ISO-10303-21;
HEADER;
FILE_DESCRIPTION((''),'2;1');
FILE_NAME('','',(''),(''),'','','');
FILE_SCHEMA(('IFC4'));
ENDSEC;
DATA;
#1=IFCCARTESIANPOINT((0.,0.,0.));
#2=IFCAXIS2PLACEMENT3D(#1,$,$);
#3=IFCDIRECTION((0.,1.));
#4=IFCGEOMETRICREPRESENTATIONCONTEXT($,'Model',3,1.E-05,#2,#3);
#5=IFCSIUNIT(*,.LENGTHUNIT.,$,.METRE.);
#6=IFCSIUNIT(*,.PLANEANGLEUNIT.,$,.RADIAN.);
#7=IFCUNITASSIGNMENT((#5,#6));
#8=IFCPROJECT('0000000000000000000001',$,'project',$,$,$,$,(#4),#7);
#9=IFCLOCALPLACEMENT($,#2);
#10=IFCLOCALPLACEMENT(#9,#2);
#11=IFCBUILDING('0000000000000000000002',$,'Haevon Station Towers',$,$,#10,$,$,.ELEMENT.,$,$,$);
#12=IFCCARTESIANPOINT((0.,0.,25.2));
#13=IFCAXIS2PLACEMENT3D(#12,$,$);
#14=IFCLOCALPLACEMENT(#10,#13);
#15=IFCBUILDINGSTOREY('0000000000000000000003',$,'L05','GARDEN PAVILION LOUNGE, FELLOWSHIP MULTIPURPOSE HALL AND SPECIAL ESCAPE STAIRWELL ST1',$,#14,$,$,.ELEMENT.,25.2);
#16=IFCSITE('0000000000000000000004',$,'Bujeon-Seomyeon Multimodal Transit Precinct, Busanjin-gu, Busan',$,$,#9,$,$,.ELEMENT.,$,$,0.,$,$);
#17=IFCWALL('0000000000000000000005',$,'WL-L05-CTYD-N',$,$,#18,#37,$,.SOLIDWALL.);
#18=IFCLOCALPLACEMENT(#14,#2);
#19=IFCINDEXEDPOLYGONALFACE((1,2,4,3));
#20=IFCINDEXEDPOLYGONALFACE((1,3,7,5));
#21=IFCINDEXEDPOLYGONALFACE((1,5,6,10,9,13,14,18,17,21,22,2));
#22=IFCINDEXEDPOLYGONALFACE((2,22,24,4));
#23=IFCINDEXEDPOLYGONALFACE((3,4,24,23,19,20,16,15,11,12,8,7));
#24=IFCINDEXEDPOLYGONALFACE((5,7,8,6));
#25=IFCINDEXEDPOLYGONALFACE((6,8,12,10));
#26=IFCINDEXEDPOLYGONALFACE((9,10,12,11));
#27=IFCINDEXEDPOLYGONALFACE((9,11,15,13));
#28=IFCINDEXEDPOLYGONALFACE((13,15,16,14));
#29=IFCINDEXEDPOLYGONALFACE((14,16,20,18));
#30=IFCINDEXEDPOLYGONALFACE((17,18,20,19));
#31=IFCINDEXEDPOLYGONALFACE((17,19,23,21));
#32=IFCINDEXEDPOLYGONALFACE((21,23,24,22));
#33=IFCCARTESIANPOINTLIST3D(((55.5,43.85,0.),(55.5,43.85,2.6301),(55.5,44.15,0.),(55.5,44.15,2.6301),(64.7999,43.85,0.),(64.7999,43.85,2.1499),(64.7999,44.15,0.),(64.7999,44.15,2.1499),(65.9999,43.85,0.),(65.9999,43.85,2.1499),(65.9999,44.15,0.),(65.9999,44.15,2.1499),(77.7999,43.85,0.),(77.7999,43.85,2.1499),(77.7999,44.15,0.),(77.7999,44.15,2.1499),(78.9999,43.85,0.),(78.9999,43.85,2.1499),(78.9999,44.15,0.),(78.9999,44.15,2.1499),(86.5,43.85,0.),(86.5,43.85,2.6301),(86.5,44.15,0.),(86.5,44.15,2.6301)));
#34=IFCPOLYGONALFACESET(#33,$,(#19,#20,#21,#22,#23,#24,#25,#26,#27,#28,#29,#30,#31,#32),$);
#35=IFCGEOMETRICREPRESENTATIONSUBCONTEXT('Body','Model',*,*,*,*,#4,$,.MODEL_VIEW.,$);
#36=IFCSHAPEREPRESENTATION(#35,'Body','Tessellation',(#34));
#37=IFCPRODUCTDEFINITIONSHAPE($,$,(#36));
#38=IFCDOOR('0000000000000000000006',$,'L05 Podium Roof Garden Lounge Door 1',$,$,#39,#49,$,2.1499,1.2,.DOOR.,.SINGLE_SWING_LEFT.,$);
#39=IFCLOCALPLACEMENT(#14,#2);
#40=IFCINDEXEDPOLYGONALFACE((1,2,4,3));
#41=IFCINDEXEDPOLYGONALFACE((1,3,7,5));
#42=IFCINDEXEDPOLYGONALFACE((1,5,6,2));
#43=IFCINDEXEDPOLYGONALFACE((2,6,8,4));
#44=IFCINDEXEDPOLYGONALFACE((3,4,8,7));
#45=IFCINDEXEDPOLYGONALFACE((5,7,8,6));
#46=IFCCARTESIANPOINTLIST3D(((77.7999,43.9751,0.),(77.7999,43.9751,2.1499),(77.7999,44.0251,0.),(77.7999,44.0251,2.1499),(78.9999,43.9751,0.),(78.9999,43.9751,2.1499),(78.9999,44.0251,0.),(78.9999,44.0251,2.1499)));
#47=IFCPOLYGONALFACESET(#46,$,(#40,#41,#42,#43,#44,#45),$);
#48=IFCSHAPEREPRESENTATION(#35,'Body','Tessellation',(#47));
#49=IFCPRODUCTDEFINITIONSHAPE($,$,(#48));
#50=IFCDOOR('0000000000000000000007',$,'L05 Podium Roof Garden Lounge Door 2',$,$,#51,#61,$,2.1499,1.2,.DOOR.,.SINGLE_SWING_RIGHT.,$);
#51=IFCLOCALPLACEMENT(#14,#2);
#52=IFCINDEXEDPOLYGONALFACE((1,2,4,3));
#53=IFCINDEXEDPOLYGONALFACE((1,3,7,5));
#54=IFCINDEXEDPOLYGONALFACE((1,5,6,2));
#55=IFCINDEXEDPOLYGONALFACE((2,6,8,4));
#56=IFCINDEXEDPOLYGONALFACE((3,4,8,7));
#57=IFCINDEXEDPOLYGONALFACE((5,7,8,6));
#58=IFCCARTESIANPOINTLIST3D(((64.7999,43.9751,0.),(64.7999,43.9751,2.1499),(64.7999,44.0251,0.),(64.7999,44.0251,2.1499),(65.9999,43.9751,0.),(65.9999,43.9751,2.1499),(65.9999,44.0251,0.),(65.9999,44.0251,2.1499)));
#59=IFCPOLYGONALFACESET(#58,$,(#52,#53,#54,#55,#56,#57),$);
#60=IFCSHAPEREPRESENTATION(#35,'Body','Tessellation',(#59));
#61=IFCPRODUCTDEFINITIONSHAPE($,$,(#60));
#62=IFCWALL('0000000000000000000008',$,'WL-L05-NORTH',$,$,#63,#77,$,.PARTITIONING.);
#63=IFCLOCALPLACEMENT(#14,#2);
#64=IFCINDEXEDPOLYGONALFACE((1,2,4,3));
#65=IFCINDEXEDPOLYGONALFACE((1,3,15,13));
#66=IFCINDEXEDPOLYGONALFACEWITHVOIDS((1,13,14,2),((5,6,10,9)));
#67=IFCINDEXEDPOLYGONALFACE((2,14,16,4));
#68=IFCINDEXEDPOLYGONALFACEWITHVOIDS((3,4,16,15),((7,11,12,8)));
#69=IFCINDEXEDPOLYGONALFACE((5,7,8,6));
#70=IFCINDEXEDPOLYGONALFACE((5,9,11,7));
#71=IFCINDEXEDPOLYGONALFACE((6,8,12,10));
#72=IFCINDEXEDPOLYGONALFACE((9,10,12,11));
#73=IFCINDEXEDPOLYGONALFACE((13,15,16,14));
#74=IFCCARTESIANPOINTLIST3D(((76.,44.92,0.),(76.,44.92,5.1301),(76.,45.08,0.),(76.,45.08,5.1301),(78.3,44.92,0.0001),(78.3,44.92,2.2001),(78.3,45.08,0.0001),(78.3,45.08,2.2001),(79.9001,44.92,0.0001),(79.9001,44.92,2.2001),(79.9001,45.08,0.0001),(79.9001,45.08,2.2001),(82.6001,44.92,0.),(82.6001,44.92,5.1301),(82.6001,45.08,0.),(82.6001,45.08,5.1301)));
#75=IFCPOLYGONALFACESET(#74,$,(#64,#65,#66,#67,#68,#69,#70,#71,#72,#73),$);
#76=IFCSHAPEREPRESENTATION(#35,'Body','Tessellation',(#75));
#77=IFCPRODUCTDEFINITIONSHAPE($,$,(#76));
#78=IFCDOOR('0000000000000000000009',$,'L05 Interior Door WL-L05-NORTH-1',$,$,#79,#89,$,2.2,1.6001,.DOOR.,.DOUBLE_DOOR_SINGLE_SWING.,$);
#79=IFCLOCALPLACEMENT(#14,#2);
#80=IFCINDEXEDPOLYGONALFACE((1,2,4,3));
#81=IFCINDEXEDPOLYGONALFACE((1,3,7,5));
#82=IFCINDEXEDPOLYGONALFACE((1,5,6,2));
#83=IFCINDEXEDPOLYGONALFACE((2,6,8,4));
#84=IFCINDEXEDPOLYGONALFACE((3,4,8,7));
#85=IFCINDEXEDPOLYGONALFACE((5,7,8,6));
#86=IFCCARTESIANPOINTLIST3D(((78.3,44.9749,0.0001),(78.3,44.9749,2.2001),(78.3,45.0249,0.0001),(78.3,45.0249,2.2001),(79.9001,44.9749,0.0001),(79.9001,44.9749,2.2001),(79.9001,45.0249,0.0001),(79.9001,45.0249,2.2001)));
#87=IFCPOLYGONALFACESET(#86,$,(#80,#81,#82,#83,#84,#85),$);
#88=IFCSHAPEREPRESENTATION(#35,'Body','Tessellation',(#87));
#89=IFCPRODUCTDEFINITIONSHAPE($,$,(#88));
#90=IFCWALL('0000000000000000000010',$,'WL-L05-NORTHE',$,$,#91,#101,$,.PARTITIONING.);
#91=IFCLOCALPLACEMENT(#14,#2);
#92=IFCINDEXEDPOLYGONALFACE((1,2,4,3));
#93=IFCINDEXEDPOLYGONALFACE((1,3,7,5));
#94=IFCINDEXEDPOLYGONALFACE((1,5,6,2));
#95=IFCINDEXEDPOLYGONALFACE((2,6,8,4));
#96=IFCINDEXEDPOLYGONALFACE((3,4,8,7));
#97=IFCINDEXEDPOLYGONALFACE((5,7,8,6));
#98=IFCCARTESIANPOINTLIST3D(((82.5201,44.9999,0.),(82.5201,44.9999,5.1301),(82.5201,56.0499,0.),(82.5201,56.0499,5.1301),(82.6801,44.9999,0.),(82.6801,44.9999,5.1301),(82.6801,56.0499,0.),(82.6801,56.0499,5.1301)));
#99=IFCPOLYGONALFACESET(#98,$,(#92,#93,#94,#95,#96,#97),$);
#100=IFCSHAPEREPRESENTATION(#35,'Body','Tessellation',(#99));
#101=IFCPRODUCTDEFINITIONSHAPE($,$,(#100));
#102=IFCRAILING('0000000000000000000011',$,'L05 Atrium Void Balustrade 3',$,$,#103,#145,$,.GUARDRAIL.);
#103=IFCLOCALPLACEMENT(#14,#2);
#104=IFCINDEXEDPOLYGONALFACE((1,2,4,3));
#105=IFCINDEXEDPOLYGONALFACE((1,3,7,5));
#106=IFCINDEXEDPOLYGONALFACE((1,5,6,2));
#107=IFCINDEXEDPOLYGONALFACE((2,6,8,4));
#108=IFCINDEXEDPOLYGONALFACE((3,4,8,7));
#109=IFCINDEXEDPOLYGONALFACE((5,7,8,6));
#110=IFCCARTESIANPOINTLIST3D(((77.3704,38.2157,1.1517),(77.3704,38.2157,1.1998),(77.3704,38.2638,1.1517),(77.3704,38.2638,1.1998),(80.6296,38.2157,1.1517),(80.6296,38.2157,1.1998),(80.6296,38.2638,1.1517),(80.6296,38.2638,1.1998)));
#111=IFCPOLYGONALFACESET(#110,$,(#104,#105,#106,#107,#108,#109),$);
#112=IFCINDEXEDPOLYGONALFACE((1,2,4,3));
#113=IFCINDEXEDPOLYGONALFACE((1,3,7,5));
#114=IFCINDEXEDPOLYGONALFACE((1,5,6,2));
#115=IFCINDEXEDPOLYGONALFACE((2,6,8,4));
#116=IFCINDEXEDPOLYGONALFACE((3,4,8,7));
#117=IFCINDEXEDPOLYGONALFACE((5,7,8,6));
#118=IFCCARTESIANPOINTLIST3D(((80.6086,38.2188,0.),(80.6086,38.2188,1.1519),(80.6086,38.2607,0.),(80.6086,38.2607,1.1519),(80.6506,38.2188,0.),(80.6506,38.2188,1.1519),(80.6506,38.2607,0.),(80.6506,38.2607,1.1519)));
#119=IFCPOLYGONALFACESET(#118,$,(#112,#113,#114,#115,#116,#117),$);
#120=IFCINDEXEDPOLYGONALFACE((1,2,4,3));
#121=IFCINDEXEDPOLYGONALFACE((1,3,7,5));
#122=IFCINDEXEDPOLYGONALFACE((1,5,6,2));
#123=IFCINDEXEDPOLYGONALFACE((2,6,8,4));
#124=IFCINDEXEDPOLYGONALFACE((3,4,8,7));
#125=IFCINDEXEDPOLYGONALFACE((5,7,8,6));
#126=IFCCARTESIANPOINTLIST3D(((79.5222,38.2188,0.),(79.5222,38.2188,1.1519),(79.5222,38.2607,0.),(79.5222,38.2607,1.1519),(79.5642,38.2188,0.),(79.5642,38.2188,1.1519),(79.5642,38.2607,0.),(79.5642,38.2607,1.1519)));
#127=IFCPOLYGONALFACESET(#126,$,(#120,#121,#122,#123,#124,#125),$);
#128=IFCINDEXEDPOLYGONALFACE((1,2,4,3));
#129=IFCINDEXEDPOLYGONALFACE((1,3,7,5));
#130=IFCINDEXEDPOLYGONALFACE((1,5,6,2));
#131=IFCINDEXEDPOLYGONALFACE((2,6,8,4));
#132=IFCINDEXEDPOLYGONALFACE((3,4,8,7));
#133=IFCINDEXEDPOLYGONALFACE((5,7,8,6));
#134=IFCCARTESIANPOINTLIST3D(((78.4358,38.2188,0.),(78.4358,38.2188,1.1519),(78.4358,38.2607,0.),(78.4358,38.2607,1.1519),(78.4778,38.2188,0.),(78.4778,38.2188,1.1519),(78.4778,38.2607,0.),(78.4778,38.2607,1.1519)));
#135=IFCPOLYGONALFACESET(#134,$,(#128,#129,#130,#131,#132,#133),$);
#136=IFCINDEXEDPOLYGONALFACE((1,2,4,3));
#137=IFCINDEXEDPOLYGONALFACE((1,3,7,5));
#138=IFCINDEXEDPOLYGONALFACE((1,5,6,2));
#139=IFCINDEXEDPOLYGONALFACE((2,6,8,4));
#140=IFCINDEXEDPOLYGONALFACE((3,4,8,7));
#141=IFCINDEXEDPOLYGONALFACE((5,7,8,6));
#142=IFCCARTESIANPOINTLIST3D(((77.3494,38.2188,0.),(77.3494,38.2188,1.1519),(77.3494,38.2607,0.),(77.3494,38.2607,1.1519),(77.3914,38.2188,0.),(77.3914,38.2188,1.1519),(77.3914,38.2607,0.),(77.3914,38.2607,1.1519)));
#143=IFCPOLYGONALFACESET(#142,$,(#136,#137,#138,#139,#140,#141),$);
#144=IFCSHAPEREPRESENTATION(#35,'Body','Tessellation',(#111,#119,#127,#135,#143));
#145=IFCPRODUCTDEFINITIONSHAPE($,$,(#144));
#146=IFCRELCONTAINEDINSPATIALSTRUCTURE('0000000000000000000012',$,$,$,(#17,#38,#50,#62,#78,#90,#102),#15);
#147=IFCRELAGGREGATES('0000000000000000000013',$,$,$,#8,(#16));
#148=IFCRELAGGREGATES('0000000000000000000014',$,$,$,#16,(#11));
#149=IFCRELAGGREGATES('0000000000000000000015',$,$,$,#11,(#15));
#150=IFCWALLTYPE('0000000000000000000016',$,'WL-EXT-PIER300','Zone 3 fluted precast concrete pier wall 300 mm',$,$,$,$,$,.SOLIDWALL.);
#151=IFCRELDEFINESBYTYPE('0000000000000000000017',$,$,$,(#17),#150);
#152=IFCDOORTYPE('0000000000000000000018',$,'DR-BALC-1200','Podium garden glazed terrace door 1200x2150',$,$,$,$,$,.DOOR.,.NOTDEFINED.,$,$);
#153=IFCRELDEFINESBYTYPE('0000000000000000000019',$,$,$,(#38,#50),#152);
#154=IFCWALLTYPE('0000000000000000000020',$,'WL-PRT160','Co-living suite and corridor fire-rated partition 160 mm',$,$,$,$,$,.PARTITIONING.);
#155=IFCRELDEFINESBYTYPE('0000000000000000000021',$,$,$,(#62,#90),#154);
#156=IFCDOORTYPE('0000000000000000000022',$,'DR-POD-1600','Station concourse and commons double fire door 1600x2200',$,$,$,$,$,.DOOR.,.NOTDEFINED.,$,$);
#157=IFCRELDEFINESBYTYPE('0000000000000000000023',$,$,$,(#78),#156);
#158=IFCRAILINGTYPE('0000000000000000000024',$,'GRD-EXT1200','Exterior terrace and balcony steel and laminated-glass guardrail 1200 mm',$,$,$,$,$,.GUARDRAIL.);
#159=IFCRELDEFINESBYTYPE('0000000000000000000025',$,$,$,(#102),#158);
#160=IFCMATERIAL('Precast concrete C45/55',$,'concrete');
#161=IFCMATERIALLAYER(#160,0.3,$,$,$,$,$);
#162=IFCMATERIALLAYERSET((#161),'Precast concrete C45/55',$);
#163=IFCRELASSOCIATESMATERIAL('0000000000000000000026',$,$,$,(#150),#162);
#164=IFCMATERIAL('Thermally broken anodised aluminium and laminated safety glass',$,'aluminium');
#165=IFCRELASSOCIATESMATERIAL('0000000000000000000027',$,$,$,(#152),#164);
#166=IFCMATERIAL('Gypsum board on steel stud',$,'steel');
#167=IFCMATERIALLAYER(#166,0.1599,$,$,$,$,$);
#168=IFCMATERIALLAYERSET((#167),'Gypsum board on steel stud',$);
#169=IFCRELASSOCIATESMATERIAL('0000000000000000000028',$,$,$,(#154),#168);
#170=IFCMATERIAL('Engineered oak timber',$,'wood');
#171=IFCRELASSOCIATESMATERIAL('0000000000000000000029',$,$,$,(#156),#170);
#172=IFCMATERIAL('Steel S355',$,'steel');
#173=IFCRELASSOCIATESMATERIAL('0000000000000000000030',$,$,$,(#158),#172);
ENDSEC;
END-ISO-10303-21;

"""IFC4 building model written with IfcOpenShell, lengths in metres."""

from ifc_helpers import new_model, si_unit, direction, frame, frame_2d, origin, origin_2d, place, context, subcontext, project, spatial, rectangle, extrude, material, layer, layer_set, type_object, element, fill, save


model = new_model("IFC4")

# Units and contexts
model_context = context("Model", 3, precision=1e-05, world=origin(), true_north=direction((0.0, 1.0)))
body_context = subcontext(model_context, "Body", "Model", "MODEL_VIEW")
ifc_project = project(units=[si_unit("LENGTHUNIT", "METRE"), si_unit("PLANEANGLEUNIT", "RADIAN")], contexts=[model_context])

# Site, building, storey
site_placement = place(None, origin())
site = spatial("IfcSite", under=ifc_project, at=site_placement, Name="Bujeon-Seomyeon Multimodal Transit Precinct, Busanjin-gu, Busan", CompositionType="ELEMENT", RefElevation=0.0)
building_placement = place(site_placement, origin())
building = spatial("IfcBuilding", under=site, at=building_placement, Name="Haevon Station Towers", CompositionType="ELEMENT")
storey_placement = place(building_placement, frame((0.0, 0.0, 25.2)))
storey = spatial("IfcBuildingStorey", under=building, at=storey_placement, Name="L05", Description="GARDEN PAVILION LOUNGE, FELLOWSHIP MULTIPURPOSE HALL AND SPECIAL ESCAPE STAIRWELL ST1", CompositionType="ELEMENT", Elevation=25.2)

# Shared definitions
ifc_material_1 = material(Name="Precast concrete C45/55", Category="concrete")
ifc_layer_1 = layer(ifc_material_1, 0.3)
ifc_layer_set_1 = layer_set([ifc_layer_1], Name="Precast concrete C45/55")
wall_type_1 = type_object("IfcWallType", Name="WL-EXT-PIER300", Description="Zone 3 fluted precast concrete pier wall 300 mm", PredefinedType="SOLIDWALL", material=ifc_layer_set_1)

# Wall, openings, doors
wall_1_placement = place(storey_placement, frame((86.5, 44.0, 0.0), z_axis=(0.0, 0.0, 1.0), x_axis=(-1.0, 0.0, 0.0)))
wall_1 = element("IfcWall", 1, at=wall_1_placement, inside=storey, type_object=wall_type_1, Name="WL-L05-CTYD-N", PredefinedType="SOLIDWALL", context=body_context, shape_type="SweptSolid", body=[
    extrude(rectangle(XDim=31.0, YDim=0.3, at=frame_2d((15.5, 0.0))), origin(), (0.0, 0.0, 1.0), 2.6301),
])
opening_1_placement = place(wall_1_placement, frame((7.5, 0.0, 0.0)))
opening_1 = element("IfcOpeningElement", 2, at=opening_1_placement, cuts=wall_1, PredefinedType="OPENING", context=body_context, shape_type="SweptSolid", body=[
    extrude(rectangle(XDim=1.2, YDim=2.1499, at=frame_2d((0.6001, 1.075))), frame((0.0, 0.1599, 0.0), z_axis=(0.0, -1.0, 0.0), x_axis=(1.0, 0.0, 0.0)), (0.0, 0.0, 1.0), 0.3201),
])
opening_2_placement = place(wall_1_placement, frame((20.5, 0.0, 0.0)))
opening_2 = element("IfcOpeningElement", 3, at=opening_2_placement, cuts=wall_1, PredefinedType="OPENING", context=body_context, shape_type="SweptSolid", body=[
    extrude(rectangle(XDim=1.2, YDim=2.1499, at=frame_2d((0.6001, 1.075))), frame((0.0, 0.1599, 0.0), z_axis=(0.0, -1.0, 0.0), x_axis=(1.0, 0.0, 0.0)), (0.0, 0.0, 1.0), 0.3201),
])
ifc_material_2 = material(Name="Thermally broken anodised aluminium and laminated safety glass", Category="aluminium")
door_type_1 = type_object("IfcDoorType", Name="DR-BALC-1200", Description="Podium garden glazed terrace door 1200x2150", OperationType="NOTDEFINED", PredefinedType="DOOR", material=ifc_material_2)
door_1_placement = place(opening_1_placement, origin())
door_1 = element("IfcDoor", 4, at=door_1_placement, inside=storey, type_object=door_type_1, Name="L05 Podium Roof Garden Lounge Door 1", OperationType="SINGLE_SWING_LEFT", OverallHeight=2.1499, OverallWidth=1.2, PredefinedType="DOOR", context=body_context, shape_type="SweptSolid", body=[
    extrude(rectangle(XDim=1.2, YDim=2.1499, at=frame_2d((0.6001, 1.075))), frame((0.0, 0.0249, 0.0), z_axis=(0.0, -1.0, 0.0), x_axis=(1.0, 0.0, 0.0)), (0.0, 0.0, 1.0), 0.05),
])
fill(opening_1, door_1)
door_2_placement = place(opening_2_placement, origin())
door_2 = element("IfcDoor", 5, at=door_2_placement, inside=storey, type_object=door_type_1, Name="L05 Podium Roof Garden Lounge Door 2", OperationType="SINGLE_SWING_RIGHT", OverallHeight=2.1499, OverallWidth=1.2, PredefinedType="DOOR", context=body_context, shape_type="SweptSolid", body=[
    extrude(rectangle(XDim=1.2, YDim=2.1499, at=frame_2d((0.6001, 1.075))), frame((0.0, 0.0249, 0.0), z_axis=(0.0, -1.0, 0.0), x_axis=(1.0, 0.0, 0.0)), (0.0, 0.0, 1.0), 0.05),
])
fill(opening_2, door_2)

# Wall, opening, door
ifc_material_3 = material(Name="Gypsum board on steel stud", Category="steel")
ifc_layer_2 = layer(ifc_material_3, 0.1599)
ifc_layer_set_2 = layer_set([ifc_layer_2], Name="Gypsum board on steel stud")
wall_type_2 = type_object("IfcWallType", Name="WL-PRT160", Description="Co-living suite and corridor fire-rated partition 160 mm", PredefinedType="PARTITIONING", material=ifc_layer_set_2)
wall_2_placement = place(storey_placement, frame((76.0, 45.0, 0.0), z_axis=(0.0, 0.0, 1.0), x_axis=(1.0, 0.0, 0.0)))
wall_2 = element("IfcWall", 6, at=wall_2_placement, inside=storey, type_object=wall_type_2, Name="WL-L05-NORTH", PredefinedType="PARTITIONING", context=body_context, shape_type="SweptSolid", body=[
    extrude(rectangle(XDim=6.6001, YDim=0.1599, at=frame_2d((3.3, 0.0))), origin(), (0.0, 0.0, 1.0), 5.1301),
])
opening_3_placement = place(wall_2_placement, frame((2.3, 0.0, 0.0)))
opening_3 = element("IfcOpeningElement", 7, at=opening_3_placement, cuts=wall_2, PredefinedType="OPENING", context=body_context, shape_type="SweptSolid", body=[
    extrude(rectangle(XDim=1.6001, YDim=2.2, at=frame_2d((0.8, 1.1001))), frame((0.0, 0.0898, 0.0), z_axis=(0.0, -1.0, 0.0), x_axis=(1.0, 0.0, 0.0)), (0.0, 0.0, 1.0), 0.1799),
])
ifc_material_4 = material(Name="Engineered oak timber", Category="wood")
door_type_2 = type_object("IfcDoorType", Name="DR-POD-1600", Description="Station concourse and commons double fire door 1600x2200", OperationType="NOTDEFINED", PredefinedType="DOOR", material=ifc_material_4)
door_3_placement = place(opening_3_placement, origin())
door_3 = element("IfcDoor", 8, at=door_3_placement, inside=storey, type_object=door_type_2, Name="L05 Interior Door WL-L05-NORTH-1", OperationType="DOUBLE_DOOR_SINGLE_SWING", OverallHeight=2.2, OverallWidth=1.6001, PredefinedType="DOOR", context=body_context, shape_type="SweptSolid", body=[
    extrude(rectangle(XDim=1.6001, YDim=2.2, at=frame_2d((0.8, 1.1001))), frame((0.0, 0.0249, 0.0), z_axis=(0.0, -1.0, 0.0), x_axis=(1.0, 0.0, 0.0)), (0.0, 0.0, 1.0), 0.05),
])
fill(opening_3, door_3)

# Wall
wall_3_placement = place(storey_placement, frame((82.6001, 45.0, 0.0), z_axis=(0.0, 0.0, 1.0), x_axis=(0.0, 1.0, 0.0)))
element("IfcWall", 9, at=wall_3_placement, inside=storey, type_object=wall_type_2, Name="WL-L05-NORTHE", PredefinedType="PARTITIONING", context=body_context, shape_type="SweptSolid", body=[
    extrude(rectangle(XDim=11.05, YDim=0.1599, at=frame_2d((5.5249, 0.0))), origin(), (0.0, 0.0, 1.0), 5.1301),
])

# Railing
ifc_material_5 = material(Name="Steel S355", Category="steel")
railing_type_1 = type_object("IfcRailingType", Name="GRD-EXT1200", Description="Exterior terrace and balcony steel and laminated-glass guardrail 1200 mm", PredefinedType="GUARDRAIL", material=ifc_material_5)
railing_1_placement = place(storey_placement, frame((80.6296, 38.2397, 0.0)))
element("IfcRailing", 10, at=railing_1_placement, inside=storey, type_object=railing_type_1, Name="L05 Atrium Void Balustrade 3", PredefinedType="GUARDRAIL", context=body_context, shape_type="SweptSolid", body=[
    extrude(rectangle(XDim=0.0481, YDim=0.0481, at=origin_2d()), frame((0.0, 0.0, 1.1758), z_axis=(-1.0, 0.0, 0.0), x_axis=(0.0, -1.0, 0.0)), (0.0, 0.0, 1.0), 3.2593),
    extrude(rectangle(XDim=0.042, YDim=0.042, at=origin_2d()), origin(), (0.0, 0.0, 1.0), 1.1519),
    extrude(rectangle(XDim=0.042, YDim=0.042, at=origin_2d()), frame((-1.0864, 0.0, 0.0)), (0.0, 0.0, 1.0), 1.1519),
    extrude(rectangle(XDim=0.042, YDim=0.042, at=origin_2d()), frame((-2.1729, 0.0, 0.0)), (0.0, 0.0, 1.0), 1.1519),
    extrude(rectangle(XDim=0.042, YDim=0.042, at=origin_2d()), frame((-3.2593, 0.0, 0.0)), (0.0, 0.0, 1.0), 1.1519),
])

save(model, "model.ifc")
